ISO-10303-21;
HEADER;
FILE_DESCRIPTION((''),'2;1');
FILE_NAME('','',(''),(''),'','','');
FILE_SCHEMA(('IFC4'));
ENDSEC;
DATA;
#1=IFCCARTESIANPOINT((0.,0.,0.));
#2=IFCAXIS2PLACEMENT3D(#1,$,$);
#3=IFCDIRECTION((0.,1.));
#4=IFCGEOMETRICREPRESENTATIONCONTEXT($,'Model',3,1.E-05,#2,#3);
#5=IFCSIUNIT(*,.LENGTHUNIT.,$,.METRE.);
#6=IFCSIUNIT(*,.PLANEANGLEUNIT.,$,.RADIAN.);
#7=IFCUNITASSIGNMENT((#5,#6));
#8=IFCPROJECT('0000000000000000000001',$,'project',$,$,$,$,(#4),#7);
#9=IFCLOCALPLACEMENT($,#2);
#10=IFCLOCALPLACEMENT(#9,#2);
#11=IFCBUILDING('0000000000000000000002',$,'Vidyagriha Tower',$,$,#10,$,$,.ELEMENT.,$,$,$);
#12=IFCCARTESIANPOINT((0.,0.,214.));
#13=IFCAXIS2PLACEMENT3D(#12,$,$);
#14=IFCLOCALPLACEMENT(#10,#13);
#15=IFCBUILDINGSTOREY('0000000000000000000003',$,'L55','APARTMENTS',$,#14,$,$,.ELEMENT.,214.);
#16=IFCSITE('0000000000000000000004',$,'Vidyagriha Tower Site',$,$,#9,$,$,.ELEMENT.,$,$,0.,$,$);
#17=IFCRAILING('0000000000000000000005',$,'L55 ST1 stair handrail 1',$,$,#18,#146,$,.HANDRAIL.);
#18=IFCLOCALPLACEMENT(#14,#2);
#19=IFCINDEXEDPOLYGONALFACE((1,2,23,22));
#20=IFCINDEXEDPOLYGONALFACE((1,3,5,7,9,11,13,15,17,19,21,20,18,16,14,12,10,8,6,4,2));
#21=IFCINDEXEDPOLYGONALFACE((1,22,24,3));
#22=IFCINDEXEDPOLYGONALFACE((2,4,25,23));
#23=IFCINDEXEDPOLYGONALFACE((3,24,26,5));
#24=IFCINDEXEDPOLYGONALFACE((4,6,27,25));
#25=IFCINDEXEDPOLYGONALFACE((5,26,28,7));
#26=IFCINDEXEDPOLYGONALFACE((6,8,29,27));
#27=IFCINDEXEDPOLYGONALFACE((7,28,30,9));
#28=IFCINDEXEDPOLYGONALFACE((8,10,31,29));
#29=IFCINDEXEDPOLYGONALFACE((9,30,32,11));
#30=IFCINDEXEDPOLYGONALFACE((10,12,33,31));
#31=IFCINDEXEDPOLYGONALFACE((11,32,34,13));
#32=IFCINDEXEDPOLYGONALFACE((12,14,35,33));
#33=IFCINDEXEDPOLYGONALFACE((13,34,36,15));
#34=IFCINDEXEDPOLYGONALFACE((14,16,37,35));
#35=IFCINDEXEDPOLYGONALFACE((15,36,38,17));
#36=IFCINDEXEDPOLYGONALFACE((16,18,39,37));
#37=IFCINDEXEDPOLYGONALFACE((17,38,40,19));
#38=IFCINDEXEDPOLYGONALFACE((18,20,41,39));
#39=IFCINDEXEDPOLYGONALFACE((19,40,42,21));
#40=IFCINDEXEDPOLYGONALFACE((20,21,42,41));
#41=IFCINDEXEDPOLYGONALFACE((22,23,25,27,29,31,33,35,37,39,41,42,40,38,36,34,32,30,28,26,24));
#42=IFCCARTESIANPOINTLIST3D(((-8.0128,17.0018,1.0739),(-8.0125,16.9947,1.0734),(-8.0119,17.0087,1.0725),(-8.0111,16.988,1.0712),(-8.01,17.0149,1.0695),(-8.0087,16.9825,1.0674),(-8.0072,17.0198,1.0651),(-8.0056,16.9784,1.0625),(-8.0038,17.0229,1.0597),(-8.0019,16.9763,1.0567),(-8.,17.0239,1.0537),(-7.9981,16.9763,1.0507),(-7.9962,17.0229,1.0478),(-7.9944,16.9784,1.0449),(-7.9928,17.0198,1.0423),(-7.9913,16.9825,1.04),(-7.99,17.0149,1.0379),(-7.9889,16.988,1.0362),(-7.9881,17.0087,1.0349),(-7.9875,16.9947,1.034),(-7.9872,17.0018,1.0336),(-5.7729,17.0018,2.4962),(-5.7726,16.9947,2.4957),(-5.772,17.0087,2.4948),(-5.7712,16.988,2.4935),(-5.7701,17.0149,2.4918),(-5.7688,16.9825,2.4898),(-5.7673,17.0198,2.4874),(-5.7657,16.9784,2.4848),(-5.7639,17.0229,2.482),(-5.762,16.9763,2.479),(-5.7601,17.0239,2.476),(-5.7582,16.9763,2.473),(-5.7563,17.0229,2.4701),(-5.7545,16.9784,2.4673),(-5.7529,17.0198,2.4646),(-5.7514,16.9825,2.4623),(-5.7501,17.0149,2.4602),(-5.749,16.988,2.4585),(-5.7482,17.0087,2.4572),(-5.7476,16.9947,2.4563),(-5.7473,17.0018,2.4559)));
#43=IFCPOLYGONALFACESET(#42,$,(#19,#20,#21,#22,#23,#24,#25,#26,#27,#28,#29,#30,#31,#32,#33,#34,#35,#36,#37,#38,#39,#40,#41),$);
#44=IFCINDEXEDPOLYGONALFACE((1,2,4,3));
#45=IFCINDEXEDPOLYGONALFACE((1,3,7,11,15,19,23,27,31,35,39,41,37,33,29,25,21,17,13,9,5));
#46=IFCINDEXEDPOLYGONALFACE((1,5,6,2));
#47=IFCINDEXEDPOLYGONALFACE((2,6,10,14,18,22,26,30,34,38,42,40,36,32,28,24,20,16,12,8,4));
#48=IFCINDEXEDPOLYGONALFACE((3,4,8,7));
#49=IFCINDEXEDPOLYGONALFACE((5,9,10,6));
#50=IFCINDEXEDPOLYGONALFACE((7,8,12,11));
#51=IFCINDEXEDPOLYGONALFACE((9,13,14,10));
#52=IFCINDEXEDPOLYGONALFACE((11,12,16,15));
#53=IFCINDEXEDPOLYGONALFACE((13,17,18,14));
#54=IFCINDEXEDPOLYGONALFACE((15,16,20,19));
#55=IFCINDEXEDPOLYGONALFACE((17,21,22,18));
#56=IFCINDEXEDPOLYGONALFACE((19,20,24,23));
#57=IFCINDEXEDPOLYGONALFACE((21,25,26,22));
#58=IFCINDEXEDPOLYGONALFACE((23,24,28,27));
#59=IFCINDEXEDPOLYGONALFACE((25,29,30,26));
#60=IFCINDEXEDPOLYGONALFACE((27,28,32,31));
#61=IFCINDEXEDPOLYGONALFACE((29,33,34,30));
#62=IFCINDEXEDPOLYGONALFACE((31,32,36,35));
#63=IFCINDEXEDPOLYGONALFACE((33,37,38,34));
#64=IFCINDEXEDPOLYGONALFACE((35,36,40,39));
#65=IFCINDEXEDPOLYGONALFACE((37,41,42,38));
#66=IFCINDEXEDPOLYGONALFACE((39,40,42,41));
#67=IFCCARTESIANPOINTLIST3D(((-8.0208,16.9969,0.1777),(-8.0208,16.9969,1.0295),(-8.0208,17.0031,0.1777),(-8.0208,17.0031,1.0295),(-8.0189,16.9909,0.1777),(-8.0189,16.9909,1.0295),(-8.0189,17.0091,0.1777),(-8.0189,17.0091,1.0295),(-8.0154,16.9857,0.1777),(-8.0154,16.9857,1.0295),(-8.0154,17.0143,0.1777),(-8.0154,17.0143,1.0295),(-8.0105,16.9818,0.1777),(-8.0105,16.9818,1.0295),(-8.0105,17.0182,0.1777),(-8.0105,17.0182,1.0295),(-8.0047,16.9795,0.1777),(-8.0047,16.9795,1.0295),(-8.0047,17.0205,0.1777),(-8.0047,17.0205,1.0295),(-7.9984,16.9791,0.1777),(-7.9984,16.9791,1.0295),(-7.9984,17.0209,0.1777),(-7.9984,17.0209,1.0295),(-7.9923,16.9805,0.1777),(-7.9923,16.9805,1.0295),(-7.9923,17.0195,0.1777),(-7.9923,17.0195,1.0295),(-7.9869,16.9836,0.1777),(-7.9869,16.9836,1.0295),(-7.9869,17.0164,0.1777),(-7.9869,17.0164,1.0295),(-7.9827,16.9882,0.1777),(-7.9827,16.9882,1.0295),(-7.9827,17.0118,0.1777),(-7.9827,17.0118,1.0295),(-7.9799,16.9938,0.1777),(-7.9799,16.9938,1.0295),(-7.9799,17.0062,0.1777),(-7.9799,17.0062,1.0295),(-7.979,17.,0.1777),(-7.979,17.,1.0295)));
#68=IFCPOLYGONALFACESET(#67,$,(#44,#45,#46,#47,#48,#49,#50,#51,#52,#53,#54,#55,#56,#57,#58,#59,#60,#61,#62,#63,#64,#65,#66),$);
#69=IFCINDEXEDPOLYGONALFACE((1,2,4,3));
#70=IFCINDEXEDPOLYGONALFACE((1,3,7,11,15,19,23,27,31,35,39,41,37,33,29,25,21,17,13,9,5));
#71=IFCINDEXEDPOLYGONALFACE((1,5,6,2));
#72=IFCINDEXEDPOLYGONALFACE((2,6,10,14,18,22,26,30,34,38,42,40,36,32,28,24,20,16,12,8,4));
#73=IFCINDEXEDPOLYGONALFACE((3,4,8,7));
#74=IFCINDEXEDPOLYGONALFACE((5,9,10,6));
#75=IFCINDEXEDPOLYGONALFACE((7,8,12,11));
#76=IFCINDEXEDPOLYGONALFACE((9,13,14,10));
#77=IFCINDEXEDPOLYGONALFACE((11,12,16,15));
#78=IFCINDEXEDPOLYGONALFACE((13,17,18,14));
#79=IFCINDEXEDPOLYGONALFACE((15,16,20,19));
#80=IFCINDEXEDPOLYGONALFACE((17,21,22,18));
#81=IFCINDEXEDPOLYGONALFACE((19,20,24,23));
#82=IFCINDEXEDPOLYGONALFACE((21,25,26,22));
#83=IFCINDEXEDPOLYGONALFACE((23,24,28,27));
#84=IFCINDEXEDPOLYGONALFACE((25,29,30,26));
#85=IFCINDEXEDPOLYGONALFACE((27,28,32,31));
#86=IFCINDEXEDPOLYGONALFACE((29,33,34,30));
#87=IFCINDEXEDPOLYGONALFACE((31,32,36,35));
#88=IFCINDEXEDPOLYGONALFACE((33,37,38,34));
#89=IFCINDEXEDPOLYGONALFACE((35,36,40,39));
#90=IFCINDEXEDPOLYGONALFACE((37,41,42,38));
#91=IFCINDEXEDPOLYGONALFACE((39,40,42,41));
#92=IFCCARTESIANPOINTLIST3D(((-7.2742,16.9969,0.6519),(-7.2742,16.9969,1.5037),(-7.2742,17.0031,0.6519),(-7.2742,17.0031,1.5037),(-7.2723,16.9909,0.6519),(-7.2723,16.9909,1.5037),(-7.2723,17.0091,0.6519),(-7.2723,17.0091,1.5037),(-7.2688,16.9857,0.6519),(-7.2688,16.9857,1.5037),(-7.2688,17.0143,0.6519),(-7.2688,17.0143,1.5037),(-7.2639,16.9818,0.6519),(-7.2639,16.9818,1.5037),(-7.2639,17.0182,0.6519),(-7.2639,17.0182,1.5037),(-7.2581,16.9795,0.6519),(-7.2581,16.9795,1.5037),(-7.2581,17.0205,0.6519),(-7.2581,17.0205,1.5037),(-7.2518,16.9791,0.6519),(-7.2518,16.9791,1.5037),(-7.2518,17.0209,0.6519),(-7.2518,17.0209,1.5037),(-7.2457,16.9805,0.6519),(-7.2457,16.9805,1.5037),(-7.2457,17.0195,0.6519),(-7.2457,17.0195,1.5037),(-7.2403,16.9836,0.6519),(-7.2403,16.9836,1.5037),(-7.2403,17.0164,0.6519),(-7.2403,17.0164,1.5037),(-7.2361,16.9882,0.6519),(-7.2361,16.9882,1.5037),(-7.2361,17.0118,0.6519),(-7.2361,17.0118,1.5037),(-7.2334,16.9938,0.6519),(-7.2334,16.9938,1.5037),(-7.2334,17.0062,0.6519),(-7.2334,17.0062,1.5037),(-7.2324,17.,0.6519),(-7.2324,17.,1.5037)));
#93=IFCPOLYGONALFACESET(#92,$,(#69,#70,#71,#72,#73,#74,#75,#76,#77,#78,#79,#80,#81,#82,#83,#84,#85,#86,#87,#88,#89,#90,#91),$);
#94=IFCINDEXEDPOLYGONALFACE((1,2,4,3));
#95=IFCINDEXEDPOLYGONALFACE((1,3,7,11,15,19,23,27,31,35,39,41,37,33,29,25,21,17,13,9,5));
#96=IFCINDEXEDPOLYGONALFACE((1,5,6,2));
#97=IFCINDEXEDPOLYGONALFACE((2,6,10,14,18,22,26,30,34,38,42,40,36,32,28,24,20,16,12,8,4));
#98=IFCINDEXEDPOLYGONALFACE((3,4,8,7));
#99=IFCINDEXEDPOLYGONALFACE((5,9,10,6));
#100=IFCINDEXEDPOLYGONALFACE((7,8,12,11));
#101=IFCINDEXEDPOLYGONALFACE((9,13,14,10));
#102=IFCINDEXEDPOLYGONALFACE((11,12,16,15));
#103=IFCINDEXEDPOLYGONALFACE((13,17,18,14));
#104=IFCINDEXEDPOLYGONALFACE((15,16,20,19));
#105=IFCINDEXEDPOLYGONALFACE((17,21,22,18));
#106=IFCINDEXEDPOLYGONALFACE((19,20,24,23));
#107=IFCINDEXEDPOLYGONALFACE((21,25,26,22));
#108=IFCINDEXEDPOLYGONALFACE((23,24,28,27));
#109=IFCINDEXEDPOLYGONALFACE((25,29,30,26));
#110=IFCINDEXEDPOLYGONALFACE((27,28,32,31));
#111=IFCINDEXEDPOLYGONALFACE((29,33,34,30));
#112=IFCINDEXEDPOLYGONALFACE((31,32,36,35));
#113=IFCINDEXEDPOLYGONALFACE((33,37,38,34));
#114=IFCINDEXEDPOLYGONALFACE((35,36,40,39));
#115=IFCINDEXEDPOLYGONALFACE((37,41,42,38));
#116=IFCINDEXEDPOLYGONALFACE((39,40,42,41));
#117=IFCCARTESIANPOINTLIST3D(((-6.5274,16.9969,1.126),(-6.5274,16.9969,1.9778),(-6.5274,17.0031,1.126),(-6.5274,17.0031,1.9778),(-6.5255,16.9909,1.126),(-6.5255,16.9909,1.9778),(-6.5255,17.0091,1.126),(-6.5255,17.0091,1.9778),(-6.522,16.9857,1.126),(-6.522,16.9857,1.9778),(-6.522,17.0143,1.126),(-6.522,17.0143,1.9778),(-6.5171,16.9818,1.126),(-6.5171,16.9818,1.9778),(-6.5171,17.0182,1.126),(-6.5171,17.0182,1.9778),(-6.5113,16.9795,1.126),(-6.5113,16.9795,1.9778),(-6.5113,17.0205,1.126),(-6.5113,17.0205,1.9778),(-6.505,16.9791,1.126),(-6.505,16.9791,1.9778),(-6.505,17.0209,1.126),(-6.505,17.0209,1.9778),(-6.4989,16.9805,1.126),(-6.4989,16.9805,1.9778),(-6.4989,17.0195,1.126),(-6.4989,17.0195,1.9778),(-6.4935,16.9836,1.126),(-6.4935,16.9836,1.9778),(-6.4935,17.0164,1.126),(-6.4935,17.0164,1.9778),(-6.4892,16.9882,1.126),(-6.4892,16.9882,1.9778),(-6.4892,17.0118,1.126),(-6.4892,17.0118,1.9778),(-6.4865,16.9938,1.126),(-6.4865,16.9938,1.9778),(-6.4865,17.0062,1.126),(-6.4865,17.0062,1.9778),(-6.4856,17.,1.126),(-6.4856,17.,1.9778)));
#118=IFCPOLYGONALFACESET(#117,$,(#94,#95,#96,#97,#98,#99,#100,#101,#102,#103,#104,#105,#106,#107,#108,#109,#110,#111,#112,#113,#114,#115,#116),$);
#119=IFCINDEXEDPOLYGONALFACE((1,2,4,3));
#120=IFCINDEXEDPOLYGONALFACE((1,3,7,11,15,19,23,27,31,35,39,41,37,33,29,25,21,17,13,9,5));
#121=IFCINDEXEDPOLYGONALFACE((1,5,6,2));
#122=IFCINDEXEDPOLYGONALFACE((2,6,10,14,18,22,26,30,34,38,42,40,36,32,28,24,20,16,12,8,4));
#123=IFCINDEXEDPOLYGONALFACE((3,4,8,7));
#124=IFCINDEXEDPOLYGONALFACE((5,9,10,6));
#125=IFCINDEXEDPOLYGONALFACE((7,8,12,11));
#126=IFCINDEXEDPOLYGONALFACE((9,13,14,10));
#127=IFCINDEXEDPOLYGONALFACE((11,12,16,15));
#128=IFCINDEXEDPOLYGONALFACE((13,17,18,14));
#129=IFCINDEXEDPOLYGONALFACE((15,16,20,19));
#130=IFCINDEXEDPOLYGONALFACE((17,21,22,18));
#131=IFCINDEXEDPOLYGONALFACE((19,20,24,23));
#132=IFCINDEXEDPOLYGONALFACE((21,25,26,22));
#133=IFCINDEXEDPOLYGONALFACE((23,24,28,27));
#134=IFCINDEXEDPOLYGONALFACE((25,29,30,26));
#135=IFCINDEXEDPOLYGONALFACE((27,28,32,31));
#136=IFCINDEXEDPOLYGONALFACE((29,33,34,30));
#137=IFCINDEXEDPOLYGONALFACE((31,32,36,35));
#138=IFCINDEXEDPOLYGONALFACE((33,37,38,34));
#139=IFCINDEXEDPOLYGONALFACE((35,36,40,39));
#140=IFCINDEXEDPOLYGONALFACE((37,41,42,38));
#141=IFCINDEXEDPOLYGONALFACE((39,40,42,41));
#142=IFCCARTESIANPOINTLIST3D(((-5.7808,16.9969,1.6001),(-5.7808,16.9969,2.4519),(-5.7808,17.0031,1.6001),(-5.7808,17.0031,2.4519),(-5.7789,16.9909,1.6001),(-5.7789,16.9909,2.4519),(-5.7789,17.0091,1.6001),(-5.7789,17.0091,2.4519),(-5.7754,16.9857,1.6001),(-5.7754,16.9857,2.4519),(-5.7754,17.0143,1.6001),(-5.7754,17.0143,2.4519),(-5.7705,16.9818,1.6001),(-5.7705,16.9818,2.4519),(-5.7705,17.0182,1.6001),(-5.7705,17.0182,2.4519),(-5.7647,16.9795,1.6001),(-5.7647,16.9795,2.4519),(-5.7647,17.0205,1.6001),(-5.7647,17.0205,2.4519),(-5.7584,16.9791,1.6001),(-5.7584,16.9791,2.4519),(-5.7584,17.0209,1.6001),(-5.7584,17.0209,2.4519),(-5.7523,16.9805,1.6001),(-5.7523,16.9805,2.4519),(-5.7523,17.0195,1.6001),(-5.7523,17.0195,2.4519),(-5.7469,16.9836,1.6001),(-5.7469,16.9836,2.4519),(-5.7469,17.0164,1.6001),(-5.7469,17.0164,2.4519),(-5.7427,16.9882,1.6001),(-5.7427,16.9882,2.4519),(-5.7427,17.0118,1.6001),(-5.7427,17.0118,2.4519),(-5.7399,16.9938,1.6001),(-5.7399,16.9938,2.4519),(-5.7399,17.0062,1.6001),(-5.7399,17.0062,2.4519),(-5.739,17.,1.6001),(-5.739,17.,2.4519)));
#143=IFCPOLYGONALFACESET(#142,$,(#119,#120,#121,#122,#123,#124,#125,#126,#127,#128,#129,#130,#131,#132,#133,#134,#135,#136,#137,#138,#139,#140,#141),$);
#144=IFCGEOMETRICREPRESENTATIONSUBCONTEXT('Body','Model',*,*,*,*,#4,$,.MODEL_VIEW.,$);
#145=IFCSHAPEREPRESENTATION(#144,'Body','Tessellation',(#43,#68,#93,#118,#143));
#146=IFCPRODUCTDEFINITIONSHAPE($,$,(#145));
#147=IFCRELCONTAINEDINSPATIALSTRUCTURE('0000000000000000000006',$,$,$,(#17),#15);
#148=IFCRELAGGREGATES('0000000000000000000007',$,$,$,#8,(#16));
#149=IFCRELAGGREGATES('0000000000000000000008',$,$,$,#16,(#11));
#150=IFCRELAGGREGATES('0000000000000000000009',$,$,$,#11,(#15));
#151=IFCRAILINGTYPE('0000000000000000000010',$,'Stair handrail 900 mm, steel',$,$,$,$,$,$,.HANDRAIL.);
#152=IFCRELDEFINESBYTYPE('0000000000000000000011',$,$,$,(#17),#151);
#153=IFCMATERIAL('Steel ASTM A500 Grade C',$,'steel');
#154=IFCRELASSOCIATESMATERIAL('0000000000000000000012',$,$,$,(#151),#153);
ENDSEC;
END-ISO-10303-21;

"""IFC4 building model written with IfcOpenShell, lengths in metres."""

from ifc_helpers import new_model, si_unit, direction, frame, origin, origin_2d, place, context, subcontext, project, spatial, circle, extrude, material, type_object, element, save


model = new_model("IFC4")

# Units and contexts
model_context = context("Model", 3, precision=1e-05, world=origin(), true_north=direction((0.0, 1.0)))
body_context = subcontext(model_context, "Body", "Model", "MODEL_VIEW")
ifc_project = project(units=[si_unit("LENGTHUNIT", "METRE"), si_unit("PLANEANGLEUNIT", "RADIAN")], contexts=[model_context])

# Site, building, storey
site_placement = place(None, origin())
site = spatial("IfcSite", under=ifc_project, at=site_placement, Name="Vidyagriha Tower Site", CompositionType="ELEMENT", RefElevation=0.0)
building_placement = place(site_placement, origin())
building = spatial("IfcBuilding", under=site, at=building_placement, Name="Vidyagriha Tower", CompositionType="ELEMENT")
storey_placement = place(building_placement, frame((0.0, 0.0, 214.0)))
storey = spatial("IfcBuildingStorey", under=building, at=storey_placement, Name="L55", Description="APARTMENTS", CompositionType="ELEMENT", Elevation=214.0)

# Railing
ifc_material_1 = material(Name="Steel ASTM A500 Grade C", Category="steel")
railing_type_1 = type_object("IfcRailingType", Name="Stair handrail 900 mm, steel", PredefinedType="HANDRAIL", material=ifc_material_1)
railing_1_placement = place(storey_placement, frame((-8.0, 17.0, 0.1777)))
element("IfcRailing", 1, at=railing_1_placement, inside=storey, type_object=railing_type_1, Name="L55 ST1 stair handrail 1", PredefinedType="HANDRAIL", context=body_context, shape_type="SweptSolid", body=[
    extrude(circle(Radius=0.0239, at=origin_2d()), frame((0.0, 0.0, 0.876), z_axis=(0.844188, 0.0, 0.536048), x_axis=(0.0, 1.0, 0.0)), (0.0, 0.0, 1.0), 2.6533),
    extrude(circle(Radius=0.021, at=origin_2d()), origin(), (0.0, 0.0, 1.0), 0.8518),
    extrude(circle(Radius=0.021, at=origin_2d()), frame((0.7466, 0.0, 0.4741)), (0.0, 0.0, 1.0), 0.8518),
    extrude(circle(Radius=0.021, at=origin_2d()), frame((1.4934, 0.0, 0.9482)), (0.0, 0.0, 1.0), 0.8518),
    extrude(circle(Radius=0.021, at=origin_2d()), frame((2.24, 0.0, 1.4224)), (0.0, 0.0, 1.0), 0.8518),
])

save(model, "model.ifc")
